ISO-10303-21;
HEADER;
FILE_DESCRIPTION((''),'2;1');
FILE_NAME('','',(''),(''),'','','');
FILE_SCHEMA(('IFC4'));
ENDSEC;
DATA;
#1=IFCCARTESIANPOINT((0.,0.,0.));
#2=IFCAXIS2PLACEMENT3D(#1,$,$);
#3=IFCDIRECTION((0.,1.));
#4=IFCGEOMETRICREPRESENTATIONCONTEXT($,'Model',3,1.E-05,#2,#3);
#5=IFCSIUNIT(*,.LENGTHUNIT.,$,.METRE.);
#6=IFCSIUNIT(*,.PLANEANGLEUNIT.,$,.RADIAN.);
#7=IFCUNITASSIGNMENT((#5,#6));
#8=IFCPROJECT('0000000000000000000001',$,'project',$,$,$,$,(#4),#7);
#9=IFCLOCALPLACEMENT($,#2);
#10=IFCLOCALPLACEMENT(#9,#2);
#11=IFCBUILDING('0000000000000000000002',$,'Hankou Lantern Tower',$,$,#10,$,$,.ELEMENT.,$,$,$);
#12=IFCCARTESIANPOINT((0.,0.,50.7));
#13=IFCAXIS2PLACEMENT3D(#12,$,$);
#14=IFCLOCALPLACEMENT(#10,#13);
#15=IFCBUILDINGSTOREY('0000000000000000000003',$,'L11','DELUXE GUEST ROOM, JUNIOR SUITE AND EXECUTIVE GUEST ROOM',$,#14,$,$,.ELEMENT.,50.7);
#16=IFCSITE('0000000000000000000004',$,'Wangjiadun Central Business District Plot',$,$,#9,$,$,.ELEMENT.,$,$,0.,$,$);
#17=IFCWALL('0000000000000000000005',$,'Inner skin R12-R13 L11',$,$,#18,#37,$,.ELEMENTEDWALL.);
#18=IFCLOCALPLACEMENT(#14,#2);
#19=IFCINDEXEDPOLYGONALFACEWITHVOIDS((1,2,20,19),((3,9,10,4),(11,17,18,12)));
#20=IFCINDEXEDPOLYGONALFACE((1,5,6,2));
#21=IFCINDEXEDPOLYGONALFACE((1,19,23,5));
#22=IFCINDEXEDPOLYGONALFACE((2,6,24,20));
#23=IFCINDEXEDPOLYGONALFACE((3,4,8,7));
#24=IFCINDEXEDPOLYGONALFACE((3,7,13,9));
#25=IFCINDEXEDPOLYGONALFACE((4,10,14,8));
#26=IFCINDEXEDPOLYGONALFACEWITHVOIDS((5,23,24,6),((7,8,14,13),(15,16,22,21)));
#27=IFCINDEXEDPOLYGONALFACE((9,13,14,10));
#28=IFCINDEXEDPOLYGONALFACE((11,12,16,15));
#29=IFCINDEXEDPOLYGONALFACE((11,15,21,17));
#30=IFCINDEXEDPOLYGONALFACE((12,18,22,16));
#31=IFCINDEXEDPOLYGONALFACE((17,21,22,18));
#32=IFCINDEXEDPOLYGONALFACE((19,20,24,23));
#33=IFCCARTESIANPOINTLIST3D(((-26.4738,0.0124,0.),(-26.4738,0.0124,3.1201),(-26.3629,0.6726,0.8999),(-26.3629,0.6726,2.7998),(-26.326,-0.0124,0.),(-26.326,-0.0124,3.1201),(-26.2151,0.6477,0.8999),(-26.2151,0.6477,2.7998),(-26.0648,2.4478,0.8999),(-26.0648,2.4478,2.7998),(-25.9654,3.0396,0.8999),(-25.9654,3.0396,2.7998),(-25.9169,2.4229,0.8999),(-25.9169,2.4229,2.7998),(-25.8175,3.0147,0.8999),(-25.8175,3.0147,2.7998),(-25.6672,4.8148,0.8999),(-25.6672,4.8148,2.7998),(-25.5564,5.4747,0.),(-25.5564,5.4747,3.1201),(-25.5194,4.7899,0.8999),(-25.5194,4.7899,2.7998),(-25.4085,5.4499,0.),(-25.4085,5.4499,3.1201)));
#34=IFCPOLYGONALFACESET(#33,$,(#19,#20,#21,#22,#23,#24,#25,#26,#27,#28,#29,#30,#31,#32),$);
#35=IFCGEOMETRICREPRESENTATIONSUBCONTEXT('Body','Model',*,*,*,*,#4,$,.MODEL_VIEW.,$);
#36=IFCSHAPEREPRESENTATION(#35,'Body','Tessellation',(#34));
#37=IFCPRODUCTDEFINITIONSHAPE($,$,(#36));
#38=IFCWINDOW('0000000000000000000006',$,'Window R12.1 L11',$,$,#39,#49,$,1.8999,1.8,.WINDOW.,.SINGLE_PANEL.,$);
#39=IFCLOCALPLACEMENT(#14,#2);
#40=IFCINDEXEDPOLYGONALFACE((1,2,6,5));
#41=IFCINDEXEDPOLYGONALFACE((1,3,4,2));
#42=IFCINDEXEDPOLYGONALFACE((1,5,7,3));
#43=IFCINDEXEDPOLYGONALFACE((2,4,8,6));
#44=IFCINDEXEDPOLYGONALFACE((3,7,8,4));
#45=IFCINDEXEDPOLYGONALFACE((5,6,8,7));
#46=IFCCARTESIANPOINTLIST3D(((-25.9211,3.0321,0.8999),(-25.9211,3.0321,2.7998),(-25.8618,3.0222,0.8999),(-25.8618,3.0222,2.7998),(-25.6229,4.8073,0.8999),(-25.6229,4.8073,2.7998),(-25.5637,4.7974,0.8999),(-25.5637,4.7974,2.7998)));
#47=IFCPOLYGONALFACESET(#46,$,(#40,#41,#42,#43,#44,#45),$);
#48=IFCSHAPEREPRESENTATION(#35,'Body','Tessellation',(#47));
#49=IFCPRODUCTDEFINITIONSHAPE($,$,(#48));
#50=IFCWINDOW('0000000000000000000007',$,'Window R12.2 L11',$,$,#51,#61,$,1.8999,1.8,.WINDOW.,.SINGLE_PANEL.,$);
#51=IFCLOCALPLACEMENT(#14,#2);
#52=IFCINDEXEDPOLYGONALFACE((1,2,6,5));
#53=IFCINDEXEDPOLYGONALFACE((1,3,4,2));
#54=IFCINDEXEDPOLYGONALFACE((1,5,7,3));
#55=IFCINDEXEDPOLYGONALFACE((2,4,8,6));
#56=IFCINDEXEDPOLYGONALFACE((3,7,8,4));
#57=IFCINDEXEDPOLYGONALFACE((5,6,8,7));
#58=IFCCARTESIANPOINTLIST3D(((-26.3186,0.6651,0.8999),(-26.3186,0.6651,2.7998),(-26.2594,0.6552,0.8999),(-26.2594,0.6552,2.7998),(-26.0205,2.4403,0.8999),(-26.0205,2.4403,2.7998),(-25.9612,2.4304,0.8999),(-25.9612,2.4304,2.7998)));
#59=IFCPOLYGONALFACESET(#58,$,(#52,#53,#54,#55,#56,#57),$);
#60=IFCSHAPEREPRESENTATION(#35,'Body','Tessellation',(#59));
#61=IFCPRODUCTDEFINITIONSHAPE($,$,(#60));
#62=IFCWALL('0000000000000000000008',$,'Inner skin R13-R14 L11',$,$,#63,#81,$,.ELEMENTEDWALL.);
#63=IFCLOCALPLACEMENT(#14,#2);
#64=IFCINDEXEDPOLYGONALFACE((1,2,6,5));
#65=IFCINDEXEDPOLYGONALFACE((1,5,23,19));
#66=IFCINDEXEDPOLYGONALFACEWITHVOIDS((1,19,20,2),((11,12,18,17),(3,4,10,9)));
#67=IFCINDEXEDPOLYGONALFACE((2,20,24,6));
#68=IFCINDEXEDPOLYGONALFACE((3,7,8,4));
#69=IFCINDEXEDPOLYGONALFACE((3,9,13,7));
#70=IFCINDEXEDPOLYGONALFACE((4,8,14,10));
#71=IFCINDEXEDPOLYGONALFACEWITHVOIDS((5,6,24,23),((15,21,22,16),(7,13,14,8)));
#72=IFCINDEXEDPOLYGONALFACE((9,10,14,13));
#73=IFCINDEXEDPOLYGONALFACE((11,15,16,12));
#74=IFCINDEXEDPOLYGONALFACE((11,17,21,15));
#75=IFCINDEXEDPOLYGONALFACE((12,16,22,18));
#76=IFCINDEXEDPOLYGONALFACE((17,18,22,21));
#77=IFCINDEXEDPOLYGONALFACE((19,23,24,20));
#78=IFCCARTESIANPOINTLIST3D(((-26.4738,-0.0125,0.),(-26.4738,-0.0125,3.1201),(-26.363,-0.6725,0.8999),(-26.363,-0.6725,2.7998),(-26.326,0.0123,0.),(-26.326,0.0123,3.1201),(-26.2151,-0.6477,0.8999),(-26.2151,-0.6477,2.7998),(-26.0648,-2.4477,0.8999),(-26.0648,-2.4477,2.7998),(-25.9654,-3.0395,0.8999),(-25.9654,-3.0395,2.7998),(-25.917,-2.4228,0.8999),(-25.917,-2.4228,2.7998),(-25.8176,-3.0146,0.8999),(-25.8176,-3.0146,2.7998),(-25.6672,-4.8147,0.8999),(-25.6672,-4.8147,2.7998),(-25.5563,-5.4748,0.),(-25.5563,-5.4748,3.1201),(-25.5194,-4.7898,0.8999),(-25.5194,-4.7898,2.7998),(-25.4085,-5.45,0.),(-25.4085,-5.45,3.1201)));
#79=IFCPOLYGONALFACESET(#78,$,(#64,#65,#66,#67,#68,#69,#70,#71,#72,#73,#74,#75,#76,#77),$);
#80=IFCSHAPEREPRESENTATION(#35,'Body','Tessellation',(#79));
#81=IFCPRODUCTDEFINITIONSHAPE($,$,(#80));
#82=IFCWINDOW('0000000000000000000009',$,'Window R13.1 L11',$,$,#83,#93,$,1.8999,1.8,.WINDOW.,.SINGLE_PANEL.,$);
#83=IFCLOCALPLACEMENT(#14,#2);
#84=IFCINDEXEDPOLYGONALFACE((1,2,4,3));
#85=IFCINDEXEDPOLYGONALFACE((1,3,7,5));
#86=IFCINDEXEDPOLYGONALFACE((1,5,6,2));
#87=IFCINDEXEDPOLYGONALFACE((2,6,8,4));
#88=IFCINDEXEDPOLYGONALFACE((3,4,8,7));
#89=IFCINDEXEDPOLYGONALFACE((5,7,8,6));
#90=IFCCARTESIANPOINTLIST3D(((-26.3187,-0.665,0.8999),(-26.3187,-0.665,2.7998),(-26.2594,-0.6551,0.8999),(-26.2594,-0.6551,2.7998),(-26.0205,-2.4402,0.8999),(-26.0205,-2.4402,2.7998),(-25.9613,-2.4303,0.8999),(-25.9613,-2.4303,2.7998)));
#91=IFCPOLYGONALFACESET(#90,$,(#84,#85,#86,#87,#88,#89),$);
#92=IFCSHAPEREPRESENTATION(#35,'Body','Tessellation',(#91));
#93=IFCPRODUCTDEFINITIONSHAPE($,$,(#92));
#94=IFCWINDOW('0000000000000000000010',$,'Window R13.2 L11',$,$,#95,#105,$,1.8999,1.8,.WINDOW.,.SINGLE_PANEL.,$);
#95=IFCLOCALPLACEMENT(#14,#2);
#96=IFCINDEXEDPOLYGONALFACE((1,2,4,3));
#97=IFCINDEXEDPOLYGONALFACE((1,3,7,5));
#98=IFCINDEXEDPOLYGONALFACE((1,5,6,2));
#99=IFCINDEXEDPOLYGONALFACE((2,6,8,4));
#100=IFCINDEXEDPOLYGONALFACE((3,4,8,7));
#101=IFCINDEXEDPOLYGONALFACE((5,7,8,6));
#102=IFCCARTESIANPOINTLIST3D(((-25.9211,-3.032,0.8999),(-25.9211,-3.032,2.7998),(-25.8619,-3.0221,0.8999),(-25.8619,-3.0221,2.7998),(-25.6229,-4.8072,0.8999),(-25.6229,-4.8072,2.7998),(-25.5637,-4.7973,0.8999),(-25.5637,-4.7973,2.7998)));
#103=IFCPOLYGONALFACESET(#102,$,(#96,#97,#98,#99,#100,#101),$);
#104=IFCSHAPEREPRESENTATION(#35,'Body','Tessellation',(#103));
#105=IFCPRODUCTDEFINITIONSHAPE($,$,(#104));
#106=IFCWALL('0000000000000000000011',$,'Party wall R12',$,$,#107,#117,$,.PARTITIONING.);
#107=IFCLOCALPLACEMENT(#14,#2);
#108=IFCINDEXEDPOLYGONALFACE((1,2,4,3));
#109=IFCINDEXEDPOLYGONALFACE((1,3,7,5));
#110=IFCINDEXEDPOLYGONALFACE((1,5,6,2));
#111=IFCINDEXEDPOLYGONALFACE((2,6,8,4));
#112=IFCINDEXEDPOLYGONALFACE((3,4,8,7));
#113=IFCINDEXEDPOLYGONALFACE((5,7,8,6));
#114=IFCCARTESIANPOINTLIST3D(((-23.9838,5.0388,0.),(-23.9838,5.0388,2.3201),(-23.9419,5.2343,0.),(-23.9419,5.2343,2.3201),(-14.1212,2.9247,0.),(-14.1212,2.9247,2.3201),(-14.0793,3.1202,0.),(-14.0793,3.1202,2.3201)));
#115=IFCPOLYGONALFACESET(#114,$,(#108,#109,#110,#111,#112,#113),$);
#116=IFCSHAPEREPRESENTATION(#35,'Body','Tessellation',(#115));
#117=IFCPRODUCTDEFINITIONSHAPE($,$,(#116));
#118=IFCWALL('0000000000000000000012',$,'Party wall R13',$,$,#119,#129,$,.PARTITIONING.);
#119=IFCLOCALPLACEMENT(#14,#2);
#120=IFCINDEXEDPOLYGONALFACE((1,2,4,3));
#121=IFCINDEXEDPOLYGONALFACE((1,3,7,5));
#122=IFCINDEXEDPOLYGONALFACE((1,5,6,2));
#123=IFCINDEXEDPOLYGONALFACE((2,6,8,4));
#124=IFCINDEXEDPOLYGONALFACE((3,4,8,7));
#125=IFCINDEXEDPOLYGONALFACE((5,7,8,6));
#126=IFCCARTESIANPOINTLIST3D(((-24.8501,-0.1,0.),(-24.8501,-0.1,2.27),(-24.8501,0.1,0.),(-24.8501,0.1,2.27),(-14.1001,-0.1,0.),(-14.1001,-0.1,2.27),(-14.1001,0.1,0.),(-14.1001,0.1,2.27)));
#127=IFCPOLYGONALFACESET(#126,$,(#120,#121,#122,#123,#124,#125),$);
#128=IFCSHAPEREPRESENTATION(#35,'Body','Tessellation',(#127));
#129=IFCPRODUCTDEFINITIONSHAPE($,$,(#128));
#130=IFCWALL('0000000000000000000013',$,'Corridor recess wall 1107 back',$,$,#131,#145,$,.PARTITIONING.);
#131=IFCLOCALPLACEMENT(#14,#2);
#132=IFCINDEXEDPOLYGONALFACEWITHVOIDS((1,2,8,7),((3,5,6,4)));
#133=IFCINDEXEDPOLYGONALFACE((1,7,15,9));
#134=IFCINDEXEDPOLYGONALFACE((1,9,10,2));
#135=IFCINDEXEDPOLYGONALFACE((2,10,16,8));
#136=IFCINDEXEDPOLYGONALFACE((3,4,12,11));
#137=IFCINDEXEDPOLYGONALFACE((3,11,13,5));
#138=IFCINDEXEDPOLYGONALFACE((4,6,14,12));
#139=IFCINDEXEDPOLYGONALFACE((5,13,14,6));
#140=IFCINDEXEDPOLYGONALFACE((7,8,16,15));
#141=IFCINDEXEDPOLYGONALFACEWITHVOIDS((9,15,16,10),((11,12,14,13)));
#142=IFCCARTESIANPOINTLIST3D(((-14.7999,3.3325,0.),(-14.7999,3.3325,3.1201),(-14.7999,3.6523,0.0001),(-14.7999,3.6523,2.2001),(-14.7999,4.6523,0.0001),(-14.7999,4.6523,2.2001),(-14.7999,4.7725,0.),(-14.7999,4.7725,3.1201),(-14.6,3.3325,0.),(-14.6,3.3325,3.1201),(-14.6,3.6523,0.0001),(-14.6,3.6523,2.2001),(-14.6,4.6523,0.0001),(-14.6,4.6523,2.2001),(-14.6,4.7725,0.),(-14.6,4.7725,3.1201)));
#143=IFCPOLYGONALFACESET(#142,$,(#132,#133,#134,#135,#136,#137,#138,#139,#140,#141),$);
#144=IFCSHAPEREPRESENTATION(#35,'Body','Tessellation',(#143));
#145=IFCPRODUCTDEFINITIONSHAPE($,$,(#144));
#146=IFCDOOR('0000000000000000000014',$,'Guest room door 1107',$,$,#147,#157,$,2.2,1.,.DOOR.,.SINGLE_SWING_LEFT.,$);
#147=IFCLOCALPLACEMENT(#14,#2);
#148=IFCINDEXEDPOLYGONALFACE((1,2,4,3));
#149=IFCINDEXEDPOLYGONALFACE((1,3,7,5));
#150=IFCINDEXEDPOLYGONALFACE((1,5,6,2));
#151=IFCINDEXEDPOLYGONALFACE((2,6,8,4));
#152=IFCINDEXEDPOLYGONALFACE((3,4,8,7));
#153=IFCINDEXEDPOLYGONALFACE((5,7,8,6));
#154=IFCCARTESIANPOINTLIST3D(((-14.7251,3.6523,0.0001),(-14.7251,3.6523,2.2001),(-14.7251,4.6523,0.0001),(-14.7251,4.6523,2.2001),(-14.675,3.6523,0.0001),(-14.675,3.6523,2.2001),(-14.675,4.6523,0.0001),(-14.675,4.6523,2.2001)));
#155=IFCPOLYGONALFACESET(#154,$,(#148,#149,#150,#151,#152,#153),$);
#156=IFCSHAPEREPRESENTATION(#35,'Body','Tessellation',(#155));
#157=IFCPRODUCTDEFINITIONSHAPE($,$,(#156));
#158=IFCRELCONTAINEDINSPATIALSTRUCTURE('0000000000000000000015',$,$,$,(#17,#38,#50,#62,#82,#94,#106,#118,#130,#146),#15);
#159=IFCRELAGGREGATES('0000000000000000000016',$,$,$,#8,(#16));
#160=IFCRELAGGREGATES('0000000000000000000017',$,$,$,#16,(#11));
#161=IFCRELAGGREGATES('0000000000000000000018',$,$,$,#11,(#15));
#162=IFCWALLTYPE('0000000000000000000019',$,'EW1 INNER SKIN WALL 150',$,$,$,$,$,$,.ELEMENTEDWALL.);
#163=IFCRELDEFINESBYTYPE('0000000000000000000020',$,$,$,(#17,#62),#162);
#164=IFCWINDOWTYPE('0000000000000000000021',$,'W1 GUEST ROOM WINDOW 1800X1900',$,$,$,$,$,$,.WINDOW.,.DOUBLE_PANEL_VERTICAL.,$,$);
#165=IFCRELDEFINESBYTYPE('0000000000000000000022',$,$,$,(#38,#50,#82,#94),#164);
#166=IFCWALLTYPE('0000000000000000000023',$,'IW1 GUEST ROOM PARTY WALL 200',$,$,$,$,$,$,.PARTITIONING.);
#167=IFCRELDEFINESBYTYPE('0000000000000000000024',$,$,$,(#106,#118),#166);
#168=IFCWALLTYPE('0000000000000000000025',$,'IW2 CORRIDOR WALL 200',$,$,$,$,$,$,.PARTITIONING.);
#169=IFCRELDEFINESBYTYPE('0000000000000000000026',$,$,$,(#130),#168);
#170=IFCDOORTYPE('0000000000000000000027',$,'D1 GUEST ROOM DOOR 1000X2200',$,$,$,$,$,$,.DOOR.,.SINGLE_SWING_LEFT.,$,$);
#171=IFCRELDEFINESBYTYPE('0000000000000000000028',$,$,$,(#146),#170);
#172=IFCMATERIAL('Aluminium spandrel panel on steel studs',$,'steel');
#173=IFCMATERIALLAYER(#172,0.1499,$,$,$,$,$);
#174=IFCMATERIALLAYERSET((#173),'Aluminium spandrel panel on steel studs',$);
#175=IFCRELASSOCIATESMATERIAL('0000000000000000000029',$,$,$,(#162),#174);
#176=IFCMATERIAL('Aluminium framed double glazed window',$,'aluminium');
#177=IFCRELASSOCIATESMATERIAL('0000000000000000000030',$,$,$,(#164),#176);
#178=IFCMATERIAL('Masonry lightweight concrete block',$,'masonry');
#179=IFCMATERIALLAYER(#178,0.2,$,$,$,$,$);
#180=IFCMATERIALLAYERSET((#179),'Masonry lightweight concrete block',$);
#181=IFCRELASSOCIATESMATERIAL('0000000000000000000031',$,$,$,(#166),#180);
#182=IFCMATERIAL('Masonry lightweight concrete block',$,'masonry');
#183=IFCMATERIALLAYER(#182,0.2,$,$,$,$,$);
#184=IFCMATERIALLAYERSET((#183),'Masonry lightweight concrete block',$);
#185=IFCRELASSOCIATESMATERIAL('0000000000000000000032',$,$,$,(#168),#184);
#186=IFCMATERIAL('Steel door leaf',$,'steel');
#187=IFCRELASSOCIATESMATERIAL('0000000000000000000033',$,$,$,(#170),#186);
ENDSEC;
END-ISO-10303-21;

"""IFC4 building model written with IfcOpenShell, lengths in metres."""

from ifc_helpers import new_model, si_unit, direction, frame, frame_2d, origin, place, context, subcontext, project, spatial, rectangle, extrude, material, layer, layer_set, type_object, element, fill, save


model = new_model("IFC4")

# Units and contexts
model_context = context("Model", 3, precision=1e-05, world=origin(), true_north=direction((0.0, 1.0)))
body_context = subcontext(model_context, "Body", "Model", "MODEL_VIEW")
ifc_project = project(units=[si_unit("LENGTHUNIT", "METRE"), si_unit("PLANEANGLEUNIT", "RADIAN")], contexts=[model_context])

# Site, building, storey
site_placement = place(None, origin())
site = spatial("IfcSite", under=ifc_project, at=site_placement, Name="Wangjiadun Central Business District Plot", CompositionType="ELEMENT", RefElevation=0.0)
building_placement = place(site_placement, origin())
building = spatial("IfcBuilding", under=site, at=building_placement, Name="Hankou Lantern Tower", CompositionType="ELEMENT")
storey_placement = place(building_placement, frame((0.0, 0.0, 50.7)))
storey = spatial("IfcBuildingStorey", under=building, at=storey_placement, Name="L11", Description="DELUXE GUEST ROOM, JUNIOR SUITE AND EXECUTIVE GUEST ROOM", CompositionType="ELEMENT", Elevation=50.7)

# Walls, openings, windows
ifc_material_1 = material(Name="Aluminium spandrel panel on steel studs", Category="steel")
ifc_layer_1 = layer(ifc_material_1, 0.1499)
ifc_layer_set_1 = layer_set([ifc_layer_1], Name="Aluminium spandrel panel on steel studs")
wall_type_1 = type_object("IfcWallType", Name="EW1 INNER SKIN WALL 150", PredefinedType="ELEMENTEDWALL", material=ifc_layer_set_1)
wall_1_placement = place(storey_placement, frame((-25.4824, 5.4624, 0.0), z_axis=(0.0, 0.0, 1.0), x_axis=(-0.165643, -0.986186, 0.0)))
wall_1 = element("IfcWall", 1, at=wall_1_placement, inside=storey, type_object=wall_type_1, Name="Inner skin R12-R13 L11", PredefinedType="ELEMENTEDWALL", context=body_context, shape_type="SweptSolid", body=[
    extrude(rectangle(XDim=5.5388, YDim=0.1499, at=frame_2d((2.7695, 0.0))), origin(), (0.0, 0.0, 1.0), 3.1201),
])
opening_1_placement = place(wall_1_placement, frame((0.6694, 0.0, 0.8999)))
opening_1 = element("IfcOpeningElement", 2, at=opening_1_placement, cuts=wall_1, PredefinedType="OPENING", context=body_context, shape_type="SweptSolid", body=[
    extrude(rectangle(XDim=1.8, YDim=1.8999, at=frame_2d((0.8999, 0.95))), frame((0.0, 0.085, 0.0), z_axis=(0.0, -1.0, 0.0), x_axis=(1.0, 0.0, 0.0)), (0.0, 0.0, 1.0), 0.1699),
])
opening_2_placement = place(wall_1_placement, frame((3.0696, 0.0, 0.8999)))
opening_2 = element("IfcOpeningElement", 3, at=opening_2_placement, cuts=wall_1, PredefinedType="OPENING", context=body_context, shape_type="SweptSolid", body=[
    extrude(rectangle(XDim=1.8, YDim=1.8999, at=frame_2d((0.8999, 0.95))), frame((0.0, 0.085, 0.0), z_axis=(0.0, -1.0, 0.0), x_axis=(1.0, 0.0, 0.0)), (0.0, 0.0, 1.0), 0.1699),
])
ifc_material_2 = material(Name="Aluminium framed double glazed window", Category="aluminium")
window_type = type_object("IfcWindowType", Name="W1 GUEST ROOM WINDOW 1800X1900", PartitioningType="DOUBLE_PANEL_VERTICAL", PredefinedType="WINDOW", material=ifc_material_2)
window_1_placement = place(opening_1_placement, origin())
window_1 = element("IfcWindow", 4, at=window_1_placement, inside=storey, type_object=window_type, Name="Window R12.1 L11", OverallHeight=1.8999, OverallWidth=1.8, PartitioningType="SINGLE_PANEL", PredefinedType="WINDOW", context=body_context, shape_type="SweptSolid", body=[
    extrude(rectangle(XDim=1.8, YDim=1.8999, at=frame_2d((0.8999, 0.95))), frame((0.0, 0.03, 0.0), z_axis=(0.0, -1.0, 0.0), x_axis=(1.0, 0.0, 0.0)), (0.0, 0.0, 1.0), 0.0601),
])
fill(opening_1, window_1)
window_2_placement = place(opening_2_placement, origin())
window_2 = element("IfcWindow", 5, at=window_2_placement, inside=storey, type_object=window_type, Name="Window R12.2 L11", OverallHeight=1.8999, OverallWidth=1.8, PartitioningType="SINGLE_PANEL", PredefinedType="WINDOW", context=body_context, shape_type="SweptSolid", body=[
    extrude(rectangle(XDim=1.8, YDim=1.8999, at=frame_2d((0.8999, 0.95))), frame((0.0, 0.03, 0.0), z_axis=(0.0, -1.0, 0.0), x_axis=(1.0, 0.0, 0.0)), (0.0, 0.0, 1.0), 0.0601),
])
fill(opening_2, window_2)
wall_2_placement = place(storey_placement, frame((-26.3999, 0.0, 0.0), z_axis=(0.0, 0.0, 1.0), x_axis=(0.165643, -0.986186, 0.0)))
wall_2 = element("IfcWall", 6, at=wall_2_placement, inside=storey, type_object=wall_type_1, Name="Inner skin R13-R14 L11", PredefinedType="ELEMENTEDWALL", context=body_context, shape_type="SweptSolid", body=[
    extrude(rectangle(XDim=5.5388, YDim=0.1499, at=frame_2d((2.7695, 0.0))), origin(), (0.0, 0.0, 1.0), 3.1201),
])
opening_3_placement = place(wall_2_placement, frame((0.6694, 0.0, 0.8999)))
opening_3 = element("IfcOpeningElement", 7, at=opening_3_placement, cuts=wall_2, PredefinedType="OPENING", context=body_context, shape_type="SweptSolid", body=[
    extrude(rectangle(XDim=1.8, YDim=1.8999, at=frame_2d((0.8999, 0.95))), frame((0.0, 0.085, 0.0), z_axis=(0.0, -1.0, 0.0), x_axis=(1.0, 0.0, 0.0)), (0.0, 0.0, 1.0), 0.1699),
])
opening_4_placement = place(wall_2_placement, frame((3.0696, 0.0, 0.8999)))
opening_4 = element("IfcOpeningElement", 8, at=opening_4_placement, cuts=wall_2, PredefinedType="OPENING", context=body_context, shape_type="SweptSolid", body=[
    extrude(rectangle(XDim=1.8, YDim=1.8999, at=frame_2d((0.8999, 0.95))), frame((0.0, 0.085, 0.0), z_axis=(0.0, -1.0, 0.0), x_axis=(1.0, 0.0, 0.0)), (0.0, 0.0, 1.0), 0.1699),
])
window_3_placement = place(opening_3_placement, origin())
window_3 = element("IfcWindow", 9, at=window_3_placement, inside=storey, type_object=window_type, Name="Window R13.1 L11", OverallHeight=1.8999, OverallWidth=1.8, PartitioningType="SINGLE_PANEL", PredefinedType="WINDOW", context=body_context, shape_type="SweptSolid", body=[
    extrude(rectangle(XDim=1.8, YDim=1.8999, at=frame_2d((0.8999, 0.95))), frame((0.0, 0.03, 0.0), z_axis=(0.0, -1.0, 0.0), x_axis=(1.0, 0.0, 0.0)), (0.0, 0.0, 1.0), 0.0601),
])
fill(opening_3, window_3)
window_4_placement = place(opening_4_placement, origin())
window_4 = element("IfcWindow", 10, at=window_4_placement, inside=storey, type_object=window_type, Name="Window R13.2 L11", OverallHeight=1.8999, OverallWidth=1.8, PartitioningType="SINGLE_PANEL", PredefinedType="WINDOW", context=body_context, shape_type="SweptSolid", body=[
    extrude(rectangle(XDim=1.8, YDim=1.8999, at=frame_2d((0.8999, 0.95))), frame((0.0, 0.03, 0.0), z_axis=(0.0, -1.0, 0.0), x_axis=(1.0, 0.0, 0.0)), (0.0, 0.0, 1.0), 0.0601),
])
fill(opening_4, window_4)

# Walls
ifc_material_3 = material(Name="Masonry lightweight concrete block", Category="masonry")
ifc_layer_2 = layer(ifc_material_3, 0.2)
ifc_layer_set_2 = layer_set([ifc_layer_2], Name="Masonry lightweight concrete block")
wall_type_2 = type_object("IfcWallType", Name="IW1 GUEST ROOM PARTY WALL 200", PredefinedType="PARTITIONING", material=ifc_layer_set_2)
wall_3_placement = place(storey_placement, frame((-14.1001, 3.0225, 0.0), z_axis=(0.0, 0.0, 1.0), x_axis=(-0.97779, 0.209587, 0.0)))
element("IfcWall", 11, at=wall_3_placement, inside=storey, type_object=wall_type_2, Name="Party wall R12", PredefinedType="PARTITIONING", context=body_context, shape_type="SweptSolid", body=[
    extrude(rectangle(XDim=10.0867, YDim=0.2, at=frame_2d((5.0435, 0.0))), origin(), (0.0, 0.0, 1.0), 2.3201),
])
wall_4_placement = place(storey_placement, frame((-14.1001, 0.0, 0.0), z_axis=(0.0, 0.0, 1.0), x_axis=(-1.0, 0.0, 0.0)))
element("IfcWall", 12, at=wall_4_placement, inside=storey, type_object=wall_type_2, Name="Party wall R13", PredefinedType="PARTITIONING", context=body_context, shape_type="SweptSolid", body=[
    extrude(rectangle(XDim=10.75, YDim=0.2, at=frame_2d((5.375, 0.0))), origin(), (0.0, 0.0, 1.0), 2.27),
])

# Wall, opening, door
ifc_material_4 = material(Name="Masonry lightweight concrete block", Category="masonry")
ifc_layer_3 = layer(ifc_material_4, 0.2)
ifc_layer_set_3 = layer_set([ifc_layer_3], Name="Masonry lightweight concrete block")
wall_type_3 = type_object("IfcWallType", Name="IW2 CORRIDOR WALL 200", PredefinedType="PARTITIONING", material=ifc_layer_set_3)
wall_5_placement = place(storey_placement, frame((-14.7, 4.7725, 0.0), z_axis=(0.0, 0.0, 1.0), x_axis=(0.0, -1.0, 0.0)))
wall_5 = element("IfcWall", 13, at=wall_5_placement, inside=storey, type_object=wall_type_3, Name="Corridor recess wall 1107 back", PredefinedType="PARTITIONING", context=body_context, shape_type="SweptSolid", body=[
    extrude(rectangle(XDim=1.4399, YDim=0.2, at=frame_2d((0.72, 0.0))), origin(), (0.0, 0.0, 1.0), 3.1201),
])
opening_5_placement = place(wall_5_placement, frame((0.1201, 0.0, 0.0)))
opening_5 = element("IfcOpeningElement", 14, at=opening_5_placement, cuts=wall_5, PredefinedType="OPENING", context=body_context, shape_type="SweptSolid", body=[
    extrude(rectangle(XDim=1.0, YDim=2.2, at=frame_2d((0.5, 1.1001))), frame((0.0, 0.1099, 0.0), z_axis=(0.0, -1.0, 0.0), x_axis=(1.0, 0.0, 0.0)), (0.0, 0.0, 1.0), 0.22),
])
ifc_material_5 = material(Name="Steel door leaf", Category="steel")
door_type_1 = type_object("IfcDoorType", Name="D1 GUEST ROOM DOOR 1000X2200", OperationType="SINGLE_SWING_LEFT", PredefinedType="DOOR", material=ifc_material_5)
door_1_placement = place(opening_5_placement, origin())
door_1 = element("IfcDoor", 15, at=door_1_placement, inside=storey, type_object=door_type_1, Name="Guest room door 1107", OperationType="SINGLE_SWING_LEFT", OverallHeight=2.2, OverallWidth=1.0, PredefinedType="DOOR", context=body_context, shape_type="SweptSolid", body=[
    extrude(rectangle(XDim=1.0, YDim=2.2, at=frame_2d((0.5, 1.1001))), frame((0.0, 0.0249, 0.0), z_axis=(0.0, -1.0, 0.0), x_axis=(1.0, 0.0, 0.0)), (0.0, 0.0, 1.0), 0.05),
])
fill(opening_5, door_1)

save(model, "model.ifc")
